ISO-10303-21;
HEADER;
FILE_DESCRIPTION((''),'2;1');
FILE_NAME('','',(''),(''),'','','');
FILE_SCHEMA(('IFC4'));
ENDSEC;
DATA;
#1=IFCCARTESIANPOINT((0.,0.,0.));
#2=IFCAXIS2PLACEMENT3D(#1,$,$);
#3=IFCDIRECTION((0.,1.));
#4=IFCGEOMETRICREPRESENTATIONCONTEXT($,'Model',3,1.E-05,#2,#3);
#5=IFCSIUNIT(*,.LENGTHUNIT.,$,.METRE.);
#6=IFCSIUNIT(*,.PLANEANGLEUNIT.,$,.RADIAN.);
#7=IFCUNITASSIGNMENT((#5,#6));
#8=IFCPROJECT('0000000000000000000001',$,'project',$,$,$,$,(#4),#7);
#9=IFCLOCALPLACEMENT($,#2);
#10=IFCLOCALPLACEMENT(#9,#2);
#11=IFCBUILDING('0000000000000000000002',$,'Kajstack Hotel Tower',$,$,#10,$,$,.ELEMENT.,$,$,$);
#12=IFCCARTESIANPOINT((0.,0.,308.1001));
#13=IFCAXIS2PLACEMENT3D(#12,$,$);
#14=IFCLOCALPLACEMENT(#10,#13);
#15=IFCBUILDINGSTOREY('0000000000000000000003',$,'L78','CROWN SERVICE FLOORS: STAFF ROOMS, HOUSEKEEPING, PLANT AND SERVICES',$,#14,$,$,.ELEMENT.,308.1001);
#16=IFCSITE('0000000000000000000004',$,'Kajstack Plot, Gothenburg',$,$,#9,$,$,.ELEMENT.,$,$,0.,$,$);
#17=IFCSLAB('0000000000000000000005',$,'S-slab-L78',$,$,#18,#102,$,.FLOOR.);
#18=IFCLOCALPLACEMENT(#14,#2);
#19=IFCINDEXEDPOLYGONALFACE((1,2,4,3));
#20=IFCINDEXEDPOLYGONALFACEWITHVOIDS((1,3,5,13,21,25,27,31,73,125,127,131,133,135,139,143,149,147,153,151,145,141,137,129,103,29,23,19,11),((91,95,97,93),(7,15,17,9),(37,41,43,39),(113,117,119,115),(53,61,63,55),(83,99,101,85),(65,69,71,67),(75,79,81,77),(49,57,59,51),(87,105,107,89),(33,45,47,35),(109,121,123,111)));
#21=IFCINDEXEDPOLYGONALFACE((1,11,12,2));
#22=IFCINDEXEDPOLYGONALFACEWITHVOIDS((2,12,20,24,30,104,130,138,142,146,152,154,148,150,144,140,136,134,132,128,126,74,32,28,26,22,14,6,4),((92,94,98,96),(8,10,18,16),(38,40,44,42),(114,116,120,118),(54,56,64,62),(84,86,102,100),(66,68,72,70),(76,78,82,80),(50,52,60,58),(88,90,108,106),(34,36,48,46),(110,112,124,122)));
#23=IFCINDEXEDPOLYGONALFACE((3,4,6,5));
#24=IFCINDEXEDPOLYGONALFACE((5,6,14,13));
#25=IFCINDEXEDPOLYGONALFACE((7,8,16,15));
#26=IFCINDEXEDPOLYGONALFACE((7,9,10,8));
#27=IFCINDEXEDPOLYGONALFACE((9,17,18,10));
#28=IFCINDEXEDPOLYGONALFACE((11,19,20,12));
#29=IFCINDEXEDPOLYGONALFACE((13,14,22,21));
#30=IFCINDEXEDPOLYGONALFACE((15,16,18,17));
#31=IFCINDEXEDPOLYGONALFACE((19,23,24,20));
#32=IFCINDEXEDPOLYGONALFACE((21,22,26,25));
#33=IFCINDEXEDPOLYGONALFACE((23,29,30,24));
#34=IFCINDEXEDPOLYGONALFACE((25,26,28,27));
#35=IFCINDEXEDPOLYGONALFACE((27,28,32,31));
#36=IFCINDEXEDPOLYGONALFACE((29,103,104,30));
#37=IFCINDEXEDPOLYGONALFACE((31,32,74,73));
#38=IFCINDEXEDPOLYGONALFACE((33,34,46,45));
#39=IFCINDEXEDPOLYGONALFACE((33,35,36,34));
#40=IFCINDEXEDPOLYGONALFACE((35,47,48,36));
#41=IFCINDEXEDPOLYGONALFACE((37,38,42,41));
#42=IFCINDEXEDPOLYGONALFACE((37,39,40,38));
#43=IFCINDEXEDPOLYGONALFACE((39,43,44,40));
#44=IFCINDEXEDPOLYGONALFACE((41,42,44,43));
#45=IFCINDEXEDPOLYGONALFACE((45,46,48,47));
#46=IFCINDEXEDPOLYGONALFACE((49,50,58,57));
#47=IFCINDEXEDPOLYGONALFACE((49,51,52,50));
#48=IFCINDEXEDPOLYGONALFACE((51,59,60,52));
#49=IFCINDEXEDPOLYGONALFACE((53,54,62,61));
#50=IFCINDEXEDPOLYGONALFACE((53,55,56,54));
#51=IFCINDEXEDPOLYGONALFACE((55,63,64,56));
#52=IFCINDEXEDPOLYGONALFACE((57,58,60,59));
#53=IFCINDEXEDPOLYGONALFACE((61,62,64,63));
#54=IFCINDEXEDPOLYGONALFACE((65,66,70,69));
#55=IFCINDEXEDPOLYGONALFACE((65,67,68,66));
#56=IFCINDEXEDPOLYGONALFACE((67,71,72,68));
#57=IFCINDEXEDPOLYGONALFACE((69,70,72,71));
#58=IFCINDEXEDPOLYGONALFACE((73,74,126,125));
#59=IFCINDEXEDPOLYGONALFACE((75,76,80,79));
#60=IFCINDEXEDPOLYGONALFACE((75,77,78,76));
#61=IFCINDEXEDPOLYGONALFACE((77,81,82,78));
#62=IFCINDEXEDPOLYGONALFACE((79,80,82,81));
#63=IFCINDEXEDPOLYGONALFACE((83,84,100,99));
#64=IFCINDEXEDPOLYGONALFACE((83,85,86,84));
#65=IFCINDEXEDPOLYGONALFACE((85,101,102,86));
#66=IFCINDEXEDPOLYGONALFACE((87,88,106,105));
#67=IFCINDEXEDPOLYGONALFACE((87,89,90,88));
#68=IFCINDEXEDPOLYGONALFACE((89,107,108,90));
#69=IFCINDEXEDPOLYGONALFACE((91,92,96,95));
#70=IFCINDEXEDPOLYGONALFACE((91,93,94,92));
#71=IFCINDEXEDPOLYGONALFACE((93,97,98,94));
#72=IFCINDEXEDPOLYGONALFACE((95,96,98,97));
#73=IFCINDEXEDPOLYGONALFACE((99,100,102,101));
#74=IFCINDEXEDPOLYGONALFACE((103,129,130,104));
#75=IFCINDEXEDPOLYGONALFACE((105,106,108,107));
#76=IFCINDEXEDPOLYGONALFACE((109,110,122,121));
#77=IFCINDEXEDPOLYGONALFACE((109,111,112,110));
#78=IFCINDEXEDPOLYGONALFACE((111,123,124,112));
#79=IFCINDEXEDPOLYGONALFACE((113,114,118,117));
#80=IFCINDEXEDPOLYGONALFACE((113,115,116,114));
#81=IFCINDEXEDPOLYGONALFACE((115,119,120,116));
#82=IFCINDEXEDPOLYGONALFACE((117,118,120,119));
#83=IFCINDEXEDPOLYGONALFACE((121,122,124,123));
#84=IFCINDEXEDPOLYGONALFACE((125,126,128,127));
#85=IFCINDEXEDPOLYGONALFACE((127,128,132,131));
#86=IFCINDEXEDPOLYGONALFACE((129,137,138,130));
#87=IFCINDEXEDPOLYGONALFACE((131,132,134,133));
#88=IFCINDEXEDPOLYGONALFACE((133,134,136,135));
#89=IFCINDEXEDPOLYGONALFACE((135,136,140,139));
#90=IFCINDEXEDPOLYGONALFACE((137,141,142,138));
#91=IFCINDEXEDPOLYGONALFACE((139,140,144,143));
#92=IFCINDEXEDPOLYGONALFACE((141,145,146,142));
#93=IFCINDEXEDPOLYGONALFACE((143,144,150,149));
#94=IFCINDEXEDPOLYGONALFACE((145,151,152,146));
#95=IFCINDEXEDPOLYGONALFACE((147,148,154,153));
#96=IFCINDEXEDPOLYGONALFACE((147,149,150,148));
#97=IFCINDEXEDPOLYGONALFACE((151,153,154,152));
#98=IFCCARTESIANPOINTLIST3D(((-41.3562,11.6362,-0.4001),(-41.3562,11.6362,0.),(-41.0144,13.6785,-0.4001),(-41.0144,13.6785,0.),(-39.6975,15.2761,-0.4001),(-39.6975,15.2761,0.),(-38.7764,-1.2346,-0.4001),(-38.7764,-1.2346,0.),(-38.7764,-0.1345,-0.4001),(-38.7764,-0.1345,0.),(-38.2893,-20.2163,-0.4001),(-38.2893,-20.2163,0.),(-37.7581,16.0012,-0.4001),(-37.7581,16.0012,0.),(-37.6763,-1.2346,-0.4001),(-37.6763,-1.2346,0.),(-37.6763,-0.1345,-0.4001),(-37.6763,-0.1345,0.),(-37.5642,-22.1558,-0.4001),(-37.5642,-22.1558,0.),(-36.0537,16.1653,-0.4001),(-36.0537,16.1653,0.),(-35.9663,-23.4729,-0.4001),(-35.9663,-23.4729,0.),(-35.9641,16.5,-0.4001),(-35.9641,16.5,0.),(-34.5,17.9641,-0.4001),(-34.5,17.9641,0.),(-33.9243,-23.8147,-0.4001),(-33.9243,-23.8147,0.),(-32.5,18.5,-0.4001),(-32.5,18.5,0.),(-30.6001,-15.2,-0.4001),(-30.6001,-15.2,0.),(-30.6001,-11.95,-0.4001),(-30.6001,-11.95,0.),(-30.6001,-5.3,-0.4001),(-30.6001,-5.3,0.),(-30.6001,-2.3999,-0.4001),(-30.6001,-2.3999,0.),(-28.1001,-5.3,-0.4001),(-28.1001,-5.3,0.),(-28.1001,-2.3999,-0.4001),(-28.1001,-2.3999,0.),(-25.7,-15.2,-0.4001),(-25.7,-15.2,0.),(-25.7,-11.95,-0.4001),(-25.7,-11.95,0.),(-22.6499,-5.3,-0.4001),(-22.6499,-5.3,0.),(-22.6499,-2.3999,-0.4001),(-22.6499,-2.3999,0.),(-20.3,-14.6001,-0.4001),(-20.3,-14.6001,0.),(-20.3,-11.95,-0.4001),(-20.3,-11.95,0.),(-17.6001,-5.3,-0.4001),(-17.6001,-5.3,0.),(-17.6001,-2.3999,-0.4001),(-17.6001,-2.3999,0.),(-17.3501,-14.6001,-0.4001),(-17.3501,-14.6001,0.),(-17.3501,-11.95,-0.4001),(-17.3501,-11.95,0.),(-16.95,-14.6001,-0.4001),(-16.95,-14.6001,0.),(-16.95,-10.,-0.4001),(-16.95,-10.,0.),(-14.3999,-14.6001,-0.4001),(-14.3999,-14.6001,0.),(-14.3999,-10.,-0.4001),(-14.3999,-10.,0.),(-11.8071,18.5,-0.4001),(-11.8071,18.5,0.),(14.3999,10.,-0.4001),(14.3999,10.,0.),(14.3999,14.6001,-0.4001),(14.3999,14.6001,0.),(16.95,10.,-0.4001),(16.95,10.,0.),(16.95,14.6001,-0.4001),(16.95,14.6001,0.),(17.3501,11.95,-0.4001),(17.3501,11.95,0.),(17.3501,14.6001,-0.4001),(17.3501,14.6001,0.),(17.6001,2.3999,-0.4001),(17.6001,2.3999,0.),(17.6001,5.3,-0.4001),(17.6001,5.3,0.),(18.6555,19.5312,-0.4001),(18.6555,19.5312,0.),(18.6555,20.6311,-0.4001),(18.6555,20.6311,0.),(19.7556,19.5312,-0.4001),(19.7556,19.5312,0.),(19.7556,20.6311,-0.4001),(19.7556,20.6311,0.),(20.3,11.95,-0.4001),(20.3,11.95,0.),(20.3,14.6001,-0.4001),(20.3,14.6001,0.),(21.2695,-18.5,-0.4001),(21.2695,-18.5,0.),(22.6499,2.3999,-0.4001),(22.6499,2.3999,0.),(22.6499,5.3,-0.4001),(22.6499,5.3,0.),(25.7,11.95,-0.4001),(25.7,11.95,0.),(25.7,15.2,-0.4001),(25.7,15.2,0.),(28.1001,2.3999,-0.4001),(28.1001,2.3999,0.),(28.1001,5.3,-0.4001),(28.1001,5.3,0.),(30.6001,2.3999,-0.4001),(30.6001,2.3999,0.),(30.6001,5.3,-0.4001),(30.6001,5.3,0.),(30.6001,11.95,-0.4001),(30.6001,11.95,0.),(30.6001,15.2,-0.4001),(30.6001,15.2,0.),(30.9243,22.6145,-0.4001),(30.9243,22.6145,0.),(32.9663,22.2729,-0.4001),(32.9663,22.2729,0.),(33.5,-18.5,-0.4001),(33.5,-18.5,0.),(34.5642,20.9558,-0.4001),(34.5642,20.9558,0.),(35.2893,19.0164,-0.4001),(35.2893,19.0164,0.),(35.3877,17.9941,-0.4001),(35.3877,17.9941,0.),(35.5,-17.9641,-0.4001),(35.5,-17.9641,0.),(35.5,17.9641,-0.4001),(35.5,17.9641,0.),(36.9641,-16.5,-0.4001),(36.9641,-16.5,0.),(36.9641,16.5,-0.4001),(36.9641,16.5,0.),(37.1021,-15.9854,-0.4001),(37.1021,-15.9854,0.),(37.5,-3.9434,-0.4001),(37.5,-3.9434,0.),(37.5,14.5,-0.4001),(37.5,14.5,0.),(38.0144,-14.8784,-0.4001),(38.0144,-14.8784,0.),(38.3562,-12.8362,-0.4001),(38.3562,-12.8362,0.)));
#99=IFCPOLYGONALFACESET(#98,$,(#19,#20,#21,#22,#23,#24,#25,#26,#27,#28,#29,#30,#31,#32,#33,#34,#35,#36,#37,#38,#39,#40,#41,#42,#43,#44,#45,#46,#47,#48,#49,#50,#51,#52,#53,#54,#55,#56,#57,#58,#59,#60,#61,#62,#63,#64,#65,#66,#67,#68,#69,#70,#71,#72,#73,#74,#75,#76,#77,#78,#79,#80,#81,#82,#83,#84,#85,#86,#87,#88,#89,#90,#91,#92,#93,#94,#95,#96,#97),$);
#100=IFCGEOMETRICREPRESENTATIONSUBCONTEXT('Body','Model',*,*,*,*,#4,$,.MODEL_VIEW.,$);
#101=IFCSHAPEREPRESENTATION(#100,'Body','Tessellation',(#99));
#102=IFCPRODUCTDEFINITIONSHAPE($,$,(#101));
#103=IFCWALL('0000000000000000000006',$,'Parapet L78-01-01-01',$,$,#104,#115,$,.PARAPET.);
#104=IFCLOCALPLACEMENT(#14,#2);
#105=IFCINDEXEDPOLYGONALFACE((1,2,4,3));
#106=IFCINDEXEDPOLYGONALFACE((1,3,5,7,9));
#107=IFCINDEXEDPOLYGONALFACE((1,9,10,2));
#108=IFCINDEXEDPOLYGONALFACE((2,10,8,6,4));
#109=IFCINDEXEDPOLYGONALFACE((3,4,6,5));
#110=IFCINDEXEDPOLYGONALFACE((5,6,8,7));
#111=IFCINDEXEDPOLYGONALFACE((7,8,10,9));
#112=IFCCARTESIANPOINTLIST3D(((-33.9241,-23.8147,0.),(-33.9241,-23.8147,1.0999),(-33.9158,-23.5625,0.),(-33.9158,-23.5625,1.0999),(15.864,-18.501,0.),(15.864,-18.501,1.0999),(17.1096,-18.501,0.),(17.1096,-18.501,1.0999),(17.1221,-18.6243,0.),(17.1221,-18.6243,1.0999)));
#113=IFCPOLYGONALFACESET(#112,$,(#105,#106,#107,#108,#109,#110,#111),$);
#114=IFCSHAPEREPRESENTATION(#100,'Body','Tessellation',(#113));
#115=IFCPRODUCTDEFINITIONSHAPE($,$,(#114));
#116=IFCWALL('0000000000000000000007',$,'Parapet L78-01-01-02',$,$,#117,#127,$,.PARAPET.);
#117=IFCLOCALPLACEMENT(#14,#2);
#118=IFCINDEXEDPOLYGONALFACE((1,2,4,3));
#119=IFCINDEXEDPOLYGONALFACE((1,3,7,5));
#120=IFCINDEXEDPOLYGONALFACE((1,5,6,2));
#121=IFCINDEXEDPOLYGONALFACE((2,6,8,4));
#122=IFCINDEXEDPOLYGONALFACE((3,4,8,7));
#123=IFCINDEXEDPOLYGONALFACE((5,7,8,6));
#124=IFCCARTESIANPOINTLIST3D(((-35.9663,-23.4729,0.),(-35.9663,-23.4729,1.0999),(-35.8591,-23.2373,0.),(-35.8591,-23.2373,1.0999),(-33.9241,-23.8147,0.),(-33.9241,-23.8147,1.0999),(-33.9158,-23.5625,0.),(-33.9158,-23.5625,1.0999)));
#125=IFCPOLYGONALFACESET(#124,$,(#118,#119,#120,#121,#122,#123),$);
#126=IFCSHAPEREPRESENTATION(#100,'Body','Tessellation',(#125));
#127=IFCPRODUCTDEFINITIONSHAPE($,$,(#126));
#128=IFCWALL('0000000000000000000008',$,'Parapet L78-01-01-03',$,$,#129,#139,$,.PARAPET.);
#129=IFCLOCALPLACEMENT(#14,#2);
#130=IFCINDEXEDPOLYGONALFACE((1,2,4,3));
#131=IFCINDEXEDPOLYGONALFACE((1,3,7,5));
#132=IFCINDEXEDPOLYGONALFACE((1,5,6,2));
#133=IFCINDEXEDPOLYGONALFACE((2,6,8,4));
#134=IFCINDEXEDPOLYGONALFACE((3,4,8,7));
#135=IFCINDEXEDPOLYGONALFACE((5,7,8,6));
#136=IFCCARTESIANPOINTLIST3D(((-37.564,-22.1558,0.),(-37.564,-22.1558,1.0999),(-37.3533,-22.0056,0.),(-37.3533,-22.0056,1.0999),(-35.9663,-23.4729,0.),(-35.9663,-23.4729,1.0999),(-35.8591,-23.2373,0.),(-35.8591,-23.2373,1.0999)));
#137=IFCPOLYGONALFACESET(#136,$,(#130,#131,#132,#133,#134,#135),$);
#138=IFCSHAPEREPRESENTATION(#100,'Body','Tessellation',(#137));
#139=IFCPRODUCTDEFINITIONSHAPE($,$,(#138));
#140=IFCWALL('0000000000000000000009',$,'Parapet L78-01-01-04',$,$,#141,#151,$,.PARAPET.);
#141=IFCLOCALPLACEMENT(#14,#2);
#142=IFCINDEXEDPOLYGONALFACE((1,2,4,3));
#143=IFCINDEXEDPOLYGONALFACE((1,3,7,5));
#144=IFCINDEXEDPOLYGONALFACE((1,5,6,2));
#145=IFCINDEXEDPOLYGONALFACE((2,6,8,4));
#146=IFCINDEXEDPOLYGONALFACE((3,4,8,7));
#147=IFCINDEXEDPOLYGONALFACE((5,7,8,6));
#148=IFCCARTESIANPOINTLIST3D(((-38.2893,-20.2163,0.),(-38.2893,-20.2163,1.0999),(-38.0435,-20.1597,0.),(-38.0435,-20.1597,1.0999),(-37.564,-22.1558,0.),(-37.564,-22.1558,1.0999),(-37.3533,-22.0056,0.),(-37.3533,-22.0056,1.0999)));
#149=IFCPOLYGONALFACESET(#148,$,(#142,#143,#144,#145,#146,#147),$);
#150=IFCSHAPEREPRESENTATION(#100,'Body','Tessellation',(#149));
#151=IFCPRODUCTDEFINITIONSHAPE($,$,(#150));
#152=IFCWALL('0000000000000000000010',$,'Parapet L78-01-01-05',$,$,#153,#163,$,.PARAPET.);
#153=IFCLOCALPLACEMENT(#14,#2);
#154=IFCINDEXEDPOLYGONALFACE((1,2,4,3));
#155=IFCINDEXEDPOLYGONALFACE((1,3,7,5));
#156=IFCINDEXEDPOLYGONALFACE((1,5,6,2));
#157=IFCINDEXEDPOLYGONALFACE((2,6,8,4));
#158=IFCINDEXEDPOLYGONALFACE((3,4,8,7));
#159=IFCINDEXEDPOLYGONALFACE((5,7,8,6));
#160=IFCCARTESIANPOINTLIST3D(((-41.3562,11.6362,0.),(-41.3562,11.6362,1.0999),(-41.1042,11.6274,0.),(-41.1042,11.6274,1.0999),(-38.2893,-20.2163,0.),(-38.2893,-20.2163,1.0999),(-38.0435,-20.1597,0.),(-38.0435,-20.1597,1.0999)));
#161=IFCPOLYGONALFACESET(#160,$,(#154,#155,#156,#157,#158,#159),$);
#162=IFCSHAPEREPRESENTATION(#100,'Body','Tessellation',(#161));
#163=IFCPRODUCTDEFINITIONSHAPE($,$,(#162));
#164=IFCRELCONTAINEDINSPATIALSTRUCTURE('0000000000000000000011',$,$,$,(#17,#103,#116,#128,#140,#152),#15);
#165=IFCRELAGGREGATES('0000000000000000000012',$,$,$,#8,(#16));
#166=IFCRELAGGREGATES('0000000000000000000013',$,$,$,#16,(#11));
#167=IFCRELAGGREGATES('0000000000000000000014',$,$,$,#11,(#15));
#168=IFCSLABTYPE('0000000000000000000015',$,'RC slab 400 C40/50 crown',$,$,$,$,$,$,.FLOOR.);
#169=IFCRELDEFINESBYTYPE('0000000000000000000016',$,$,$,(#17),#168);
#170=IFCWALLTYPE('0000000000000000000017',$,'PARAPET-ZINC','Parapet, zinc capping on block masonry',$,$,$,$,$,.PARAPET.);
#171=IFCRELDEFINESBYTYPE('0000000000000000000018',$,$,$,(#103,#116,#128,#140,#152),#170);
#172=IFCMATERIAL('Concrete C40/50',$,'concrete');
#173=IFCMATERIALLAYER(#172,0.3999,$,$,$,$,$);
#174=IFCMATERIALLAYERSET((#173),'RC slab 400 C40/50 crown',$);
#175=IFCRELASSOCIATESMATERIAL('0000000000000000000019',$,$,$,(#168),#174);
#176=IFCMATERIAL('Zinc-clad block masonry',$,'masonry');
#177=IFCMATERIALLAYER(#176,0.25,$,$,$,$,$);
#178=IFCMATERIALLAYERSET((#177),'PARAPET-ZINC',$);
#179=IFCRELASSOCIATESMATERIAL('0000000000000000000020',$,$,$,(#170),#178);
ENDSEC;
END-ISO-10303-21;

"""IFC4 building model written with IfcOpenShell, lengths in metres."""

from ifc_helpers import new_model, si_unit, direction, frame, origin, place, context, subcontext, project, spatial, polyline, outline, extrude, material, layer, layer_set, type_object, element, save


model = new_model("IFC4")

# Units and contexts
model_context = context("Model", 3, precision=1e-05, world=origin(), true_north=direction((0.0, 1.0)))
body_context = subcontext(model_context, "Body", "Model", "MODEL_VIEW")
ifc_project = project(units=[si_unit("LENGTHUNIT", "METRE"), si_unit("PLANEANGLEUNIT", "RADIAN")], contexts=[model_context])

# Site, building, storey
site_placement = place(None, origin())
site = spatial("IfcSite", under=ifc_project, at=site_placement, Name="Kajstack Plot, Gothenburg", CompositionType="ELEMENT", RefElevation=0.0)
building_placement = place(site_placement, origin())
building = spatial("IfcBuilding", under=site, at=building_placement, Name="Kajstack Hotel Tower", CompositionType="ELEMENT")
storey_placement = place(building_placement, frame((0.0, 0.0, 308.1001)))
storey = spatial("IfcBuildingStorey", under=building, at=storey_placement, Name="L78", Description="CROWN SERVICE FLOORS: STAFF ROOMS, HOUSEKEEPING, PLANT AND SERVICES", CompositionType="ELEMENT", Elevation=308.1001)

# Slab
ifc_material_1 = material(Name="Concrete C40/50", Category="concrete")
ifc_layer_1 = layer(ifc_material_1, 0.3999)
ifc_layer_set_1 = layer_set([ifc_layer_1], Name="RC slab 400 C40/50 crown")
slab_type = type_object("IfcSlabType", Name="RC slab 400 C40/50 crown", PredefinedType="FLOOR", material=ifc_layer_set_1)
slab_placement = place(storey_placement, frame((0.0, 0.0, -0.4001)))
element("IfcSlab", 1, at=slab_placement, inside=storey, type_object=slab_type, Name="S-slab-L78", PredefinedType="FLOOR", context=body_context, shape_type="SweptSolid", body=[
    extrude(outline(polyline([(-33.9243, -23.8147), (-35.9663, -23.4729), (-37.5642, -22.1558), (-38.2893, -20.2163), (-41.3562, 11.6362), (-41.0144, 13.6785), (-39.6975, 15.2761), (-37.7581, 16.0012), (-36.0537, 16.1653), (-35.9641, 16.5), (-34.5, 17.9641), (-32.5, 18.5), (-11.8071, 18.5), (30.9243, 22.6145), (32.9663, 22.2729), (34.5642, 20.9558), (35.2893, 19.0164), (35.3877, 17.9941), (35.5, 17.9641), (36.9641, 16.5), (37.5, 14.5), (37.5, -3.9434), (38.3562, -12.8362), (38.0144, -14.8784), (37.1021, -15.9854), (36.9641, -16.5), (35.5, -17.9641), (33.5, -18.5), (21.2695, -18.5), (-33.9243, -23.8147)]), holes=[polyline([(-22.6499, -5.3), (-22.6499, -2.3999), (-17.6001, -2.3999), (-17.6001, -5.3), (-22.6499, -5.3)]), polyline([(-20.3, -14.6001), (-17.3501, -14.6001), (-17.3501, -11.95), (-20.3, -11.95), (-20.3, -14.6001)]), polyline([(-30.6001, -5.3), (-28.1001, -5.3), (-28.1001, -2.3999), (-30.6001, -2.3999), (-30.6001, -5.3)]), polyline([(17.6001, 2.3999), (17.6001, 5.3), (22.6499, 5.3), (22.6499, 2.3999), (17.6001, 2.3999)]), polyline([(20.3, 14.6001), (17.3501, 14.6001), (17.3501, 11.95), (20.3, 11.95), (20.3, 14.6001)]), polyline([(30.6001, 5.3), (28.1001, 5.3), (28.1001, 2.3999), (30.6001, 2.3999), (30.6001, 5.3)]), polyline([(-16.95, -14.6001), (-14.3999, -14.6001), (-14.3999, -10.0), (-16.95, -10.0), (-16.95, -14.6001)]), polyline([(-30.6001, -15.2), (-25.7, -15.2), (-25.7, -11.95), (-30.6001, -11.95), (-30.6001, -15.2)]), polyline([(16.95, 14.6001), (14.3999, 14.6001), (14.3999, 10.0), (16.95, 10.0), (16.95, 14.6001)]), polyline([(30.6001, 15.2), (25.7, 15.2), (25.7, 11.95), (30.6001, 11.95), (30.6001, 15.2)]), polyline([(-38.7764, -1.2346), (-38.7764, -0.1345), (-37.6763, -0.1345), (-37.6763, -1.2346), (-38.7764, -1.2346)]), polyline([(18.6555, 19.5312), (18.6555, 20.6311), (19.7556, 20.6311), (19.7556, 19.5312), (18.6555, 19.5312)])]), origin(), (0.0, 0.0, 1.0), 0.4001),
])

# Walls
ifc_material_2 = material(Name="Zinc-clad block masonry", Category="masonry")
ifc_layer_2 = layer(ifc_material_2, 0.25)
ifc_layer_set_2 = layer_set([ifc_layer_2], Name="PARAPET-ZINC")
wall_type_1 = type_object("IfcWallType", Name="PARAPET-ZINC", Description="Parapet, zinc capping on block masonry", PredefinedType="PARAPET", material=ifc_layer_set_2)
wall_1_placement = place(storey_placement, origin())
element("IfcWall", 2, at=wall_1_placement, inside=storey, type_object=wall_type_1, Name="Parapet L78-01-01-01", PredefinedType="PARAPET", context=body_context, shape_type="SweptSolid", body=[
    extrude(outline(polyline([(17.1221, -18.6243), (17.1096, -18.501), (15.864, -18.501), (-33.9158, -23.5625), (-33.9241, -23.8147), (17.1221, -18.6243)])), origin(), (0.0, 0.0, 1.0), 1.0999),
])
wall_2_placement = place(storey_placement, origin())
element("IfcWall", 3, at=wall_2_placement, inside=storey, type_object=wall_type_1, Name="Parapet L78-01-01-02", PredefinedType="PARAPET", context=body_context, shape_type="SweptSolid", body=[
    extrude(outline(polyline([(-33.9241, -23.8147), (-33.9158, -23.5625), (-35.8591, -23.2373), (-35.9663, -23.4729), (-33.9241, -23.8147)])), origin(), (0.0, 0.0, 1.0), 1.0999),
])
wall_3_placement = place(storey_placement, origin())
element("IfcWall", 4, at=wall_3_placement, inside=storey, type_object=wall_type_1, Name="Parapet L78-01-01-03", PredefinedType="PARAPET", context=body_context, shape_type="SweptSolid", body=[
    extrude(outline(polyline([(-35.9663, -23.4729), (-35.8591, -23.2373), (-37.3533, -22.0056), (-37.564, -22.1558), (-35.9663, -23.4729)])), origin(), (0.0, 0.0, 1.0), 1.0999),
])
wall_4_placement = place(storey_placement, origin())
element("IfcWall", 5, at=wall_4_placement, inside=storey, type_object=wall_type_1, Name="Parapet L78-01-01-04", PredefinedType="PARAPET", context=body_context, shape_type="SweptSolid", body=[
    extrude(outline(polyline([(-37.564, -22.1558), (-37.3533, -22.0056), (-38.0435, -20.1597), (-38.2893, -20.2163), (-37.564, -22.1558)])), origin(), (0.0, 0.0, 1.0), 1.0999),
])
wall_5_placement = place(storey_placement, origin())
element("IfcWall", 6, at=wall_5_placement, inside=storey, type_object=wall_type_1, Name="Parapet L78-01-01-05", PredefinedType="PARAPET", context=body_context, shape_type="SweptSolid", body=[
    extrude(outline(polyline([(-38.2893, -20.2163), (-38.0435, -20.1597), (-41.1042, 11.6274), (-41.3562, 11.6362), (-38.2893, -20.2163)])), origin(), (0.0, 0.0, 1.0), 1.0999),
])

save(model, "model.ifc")
